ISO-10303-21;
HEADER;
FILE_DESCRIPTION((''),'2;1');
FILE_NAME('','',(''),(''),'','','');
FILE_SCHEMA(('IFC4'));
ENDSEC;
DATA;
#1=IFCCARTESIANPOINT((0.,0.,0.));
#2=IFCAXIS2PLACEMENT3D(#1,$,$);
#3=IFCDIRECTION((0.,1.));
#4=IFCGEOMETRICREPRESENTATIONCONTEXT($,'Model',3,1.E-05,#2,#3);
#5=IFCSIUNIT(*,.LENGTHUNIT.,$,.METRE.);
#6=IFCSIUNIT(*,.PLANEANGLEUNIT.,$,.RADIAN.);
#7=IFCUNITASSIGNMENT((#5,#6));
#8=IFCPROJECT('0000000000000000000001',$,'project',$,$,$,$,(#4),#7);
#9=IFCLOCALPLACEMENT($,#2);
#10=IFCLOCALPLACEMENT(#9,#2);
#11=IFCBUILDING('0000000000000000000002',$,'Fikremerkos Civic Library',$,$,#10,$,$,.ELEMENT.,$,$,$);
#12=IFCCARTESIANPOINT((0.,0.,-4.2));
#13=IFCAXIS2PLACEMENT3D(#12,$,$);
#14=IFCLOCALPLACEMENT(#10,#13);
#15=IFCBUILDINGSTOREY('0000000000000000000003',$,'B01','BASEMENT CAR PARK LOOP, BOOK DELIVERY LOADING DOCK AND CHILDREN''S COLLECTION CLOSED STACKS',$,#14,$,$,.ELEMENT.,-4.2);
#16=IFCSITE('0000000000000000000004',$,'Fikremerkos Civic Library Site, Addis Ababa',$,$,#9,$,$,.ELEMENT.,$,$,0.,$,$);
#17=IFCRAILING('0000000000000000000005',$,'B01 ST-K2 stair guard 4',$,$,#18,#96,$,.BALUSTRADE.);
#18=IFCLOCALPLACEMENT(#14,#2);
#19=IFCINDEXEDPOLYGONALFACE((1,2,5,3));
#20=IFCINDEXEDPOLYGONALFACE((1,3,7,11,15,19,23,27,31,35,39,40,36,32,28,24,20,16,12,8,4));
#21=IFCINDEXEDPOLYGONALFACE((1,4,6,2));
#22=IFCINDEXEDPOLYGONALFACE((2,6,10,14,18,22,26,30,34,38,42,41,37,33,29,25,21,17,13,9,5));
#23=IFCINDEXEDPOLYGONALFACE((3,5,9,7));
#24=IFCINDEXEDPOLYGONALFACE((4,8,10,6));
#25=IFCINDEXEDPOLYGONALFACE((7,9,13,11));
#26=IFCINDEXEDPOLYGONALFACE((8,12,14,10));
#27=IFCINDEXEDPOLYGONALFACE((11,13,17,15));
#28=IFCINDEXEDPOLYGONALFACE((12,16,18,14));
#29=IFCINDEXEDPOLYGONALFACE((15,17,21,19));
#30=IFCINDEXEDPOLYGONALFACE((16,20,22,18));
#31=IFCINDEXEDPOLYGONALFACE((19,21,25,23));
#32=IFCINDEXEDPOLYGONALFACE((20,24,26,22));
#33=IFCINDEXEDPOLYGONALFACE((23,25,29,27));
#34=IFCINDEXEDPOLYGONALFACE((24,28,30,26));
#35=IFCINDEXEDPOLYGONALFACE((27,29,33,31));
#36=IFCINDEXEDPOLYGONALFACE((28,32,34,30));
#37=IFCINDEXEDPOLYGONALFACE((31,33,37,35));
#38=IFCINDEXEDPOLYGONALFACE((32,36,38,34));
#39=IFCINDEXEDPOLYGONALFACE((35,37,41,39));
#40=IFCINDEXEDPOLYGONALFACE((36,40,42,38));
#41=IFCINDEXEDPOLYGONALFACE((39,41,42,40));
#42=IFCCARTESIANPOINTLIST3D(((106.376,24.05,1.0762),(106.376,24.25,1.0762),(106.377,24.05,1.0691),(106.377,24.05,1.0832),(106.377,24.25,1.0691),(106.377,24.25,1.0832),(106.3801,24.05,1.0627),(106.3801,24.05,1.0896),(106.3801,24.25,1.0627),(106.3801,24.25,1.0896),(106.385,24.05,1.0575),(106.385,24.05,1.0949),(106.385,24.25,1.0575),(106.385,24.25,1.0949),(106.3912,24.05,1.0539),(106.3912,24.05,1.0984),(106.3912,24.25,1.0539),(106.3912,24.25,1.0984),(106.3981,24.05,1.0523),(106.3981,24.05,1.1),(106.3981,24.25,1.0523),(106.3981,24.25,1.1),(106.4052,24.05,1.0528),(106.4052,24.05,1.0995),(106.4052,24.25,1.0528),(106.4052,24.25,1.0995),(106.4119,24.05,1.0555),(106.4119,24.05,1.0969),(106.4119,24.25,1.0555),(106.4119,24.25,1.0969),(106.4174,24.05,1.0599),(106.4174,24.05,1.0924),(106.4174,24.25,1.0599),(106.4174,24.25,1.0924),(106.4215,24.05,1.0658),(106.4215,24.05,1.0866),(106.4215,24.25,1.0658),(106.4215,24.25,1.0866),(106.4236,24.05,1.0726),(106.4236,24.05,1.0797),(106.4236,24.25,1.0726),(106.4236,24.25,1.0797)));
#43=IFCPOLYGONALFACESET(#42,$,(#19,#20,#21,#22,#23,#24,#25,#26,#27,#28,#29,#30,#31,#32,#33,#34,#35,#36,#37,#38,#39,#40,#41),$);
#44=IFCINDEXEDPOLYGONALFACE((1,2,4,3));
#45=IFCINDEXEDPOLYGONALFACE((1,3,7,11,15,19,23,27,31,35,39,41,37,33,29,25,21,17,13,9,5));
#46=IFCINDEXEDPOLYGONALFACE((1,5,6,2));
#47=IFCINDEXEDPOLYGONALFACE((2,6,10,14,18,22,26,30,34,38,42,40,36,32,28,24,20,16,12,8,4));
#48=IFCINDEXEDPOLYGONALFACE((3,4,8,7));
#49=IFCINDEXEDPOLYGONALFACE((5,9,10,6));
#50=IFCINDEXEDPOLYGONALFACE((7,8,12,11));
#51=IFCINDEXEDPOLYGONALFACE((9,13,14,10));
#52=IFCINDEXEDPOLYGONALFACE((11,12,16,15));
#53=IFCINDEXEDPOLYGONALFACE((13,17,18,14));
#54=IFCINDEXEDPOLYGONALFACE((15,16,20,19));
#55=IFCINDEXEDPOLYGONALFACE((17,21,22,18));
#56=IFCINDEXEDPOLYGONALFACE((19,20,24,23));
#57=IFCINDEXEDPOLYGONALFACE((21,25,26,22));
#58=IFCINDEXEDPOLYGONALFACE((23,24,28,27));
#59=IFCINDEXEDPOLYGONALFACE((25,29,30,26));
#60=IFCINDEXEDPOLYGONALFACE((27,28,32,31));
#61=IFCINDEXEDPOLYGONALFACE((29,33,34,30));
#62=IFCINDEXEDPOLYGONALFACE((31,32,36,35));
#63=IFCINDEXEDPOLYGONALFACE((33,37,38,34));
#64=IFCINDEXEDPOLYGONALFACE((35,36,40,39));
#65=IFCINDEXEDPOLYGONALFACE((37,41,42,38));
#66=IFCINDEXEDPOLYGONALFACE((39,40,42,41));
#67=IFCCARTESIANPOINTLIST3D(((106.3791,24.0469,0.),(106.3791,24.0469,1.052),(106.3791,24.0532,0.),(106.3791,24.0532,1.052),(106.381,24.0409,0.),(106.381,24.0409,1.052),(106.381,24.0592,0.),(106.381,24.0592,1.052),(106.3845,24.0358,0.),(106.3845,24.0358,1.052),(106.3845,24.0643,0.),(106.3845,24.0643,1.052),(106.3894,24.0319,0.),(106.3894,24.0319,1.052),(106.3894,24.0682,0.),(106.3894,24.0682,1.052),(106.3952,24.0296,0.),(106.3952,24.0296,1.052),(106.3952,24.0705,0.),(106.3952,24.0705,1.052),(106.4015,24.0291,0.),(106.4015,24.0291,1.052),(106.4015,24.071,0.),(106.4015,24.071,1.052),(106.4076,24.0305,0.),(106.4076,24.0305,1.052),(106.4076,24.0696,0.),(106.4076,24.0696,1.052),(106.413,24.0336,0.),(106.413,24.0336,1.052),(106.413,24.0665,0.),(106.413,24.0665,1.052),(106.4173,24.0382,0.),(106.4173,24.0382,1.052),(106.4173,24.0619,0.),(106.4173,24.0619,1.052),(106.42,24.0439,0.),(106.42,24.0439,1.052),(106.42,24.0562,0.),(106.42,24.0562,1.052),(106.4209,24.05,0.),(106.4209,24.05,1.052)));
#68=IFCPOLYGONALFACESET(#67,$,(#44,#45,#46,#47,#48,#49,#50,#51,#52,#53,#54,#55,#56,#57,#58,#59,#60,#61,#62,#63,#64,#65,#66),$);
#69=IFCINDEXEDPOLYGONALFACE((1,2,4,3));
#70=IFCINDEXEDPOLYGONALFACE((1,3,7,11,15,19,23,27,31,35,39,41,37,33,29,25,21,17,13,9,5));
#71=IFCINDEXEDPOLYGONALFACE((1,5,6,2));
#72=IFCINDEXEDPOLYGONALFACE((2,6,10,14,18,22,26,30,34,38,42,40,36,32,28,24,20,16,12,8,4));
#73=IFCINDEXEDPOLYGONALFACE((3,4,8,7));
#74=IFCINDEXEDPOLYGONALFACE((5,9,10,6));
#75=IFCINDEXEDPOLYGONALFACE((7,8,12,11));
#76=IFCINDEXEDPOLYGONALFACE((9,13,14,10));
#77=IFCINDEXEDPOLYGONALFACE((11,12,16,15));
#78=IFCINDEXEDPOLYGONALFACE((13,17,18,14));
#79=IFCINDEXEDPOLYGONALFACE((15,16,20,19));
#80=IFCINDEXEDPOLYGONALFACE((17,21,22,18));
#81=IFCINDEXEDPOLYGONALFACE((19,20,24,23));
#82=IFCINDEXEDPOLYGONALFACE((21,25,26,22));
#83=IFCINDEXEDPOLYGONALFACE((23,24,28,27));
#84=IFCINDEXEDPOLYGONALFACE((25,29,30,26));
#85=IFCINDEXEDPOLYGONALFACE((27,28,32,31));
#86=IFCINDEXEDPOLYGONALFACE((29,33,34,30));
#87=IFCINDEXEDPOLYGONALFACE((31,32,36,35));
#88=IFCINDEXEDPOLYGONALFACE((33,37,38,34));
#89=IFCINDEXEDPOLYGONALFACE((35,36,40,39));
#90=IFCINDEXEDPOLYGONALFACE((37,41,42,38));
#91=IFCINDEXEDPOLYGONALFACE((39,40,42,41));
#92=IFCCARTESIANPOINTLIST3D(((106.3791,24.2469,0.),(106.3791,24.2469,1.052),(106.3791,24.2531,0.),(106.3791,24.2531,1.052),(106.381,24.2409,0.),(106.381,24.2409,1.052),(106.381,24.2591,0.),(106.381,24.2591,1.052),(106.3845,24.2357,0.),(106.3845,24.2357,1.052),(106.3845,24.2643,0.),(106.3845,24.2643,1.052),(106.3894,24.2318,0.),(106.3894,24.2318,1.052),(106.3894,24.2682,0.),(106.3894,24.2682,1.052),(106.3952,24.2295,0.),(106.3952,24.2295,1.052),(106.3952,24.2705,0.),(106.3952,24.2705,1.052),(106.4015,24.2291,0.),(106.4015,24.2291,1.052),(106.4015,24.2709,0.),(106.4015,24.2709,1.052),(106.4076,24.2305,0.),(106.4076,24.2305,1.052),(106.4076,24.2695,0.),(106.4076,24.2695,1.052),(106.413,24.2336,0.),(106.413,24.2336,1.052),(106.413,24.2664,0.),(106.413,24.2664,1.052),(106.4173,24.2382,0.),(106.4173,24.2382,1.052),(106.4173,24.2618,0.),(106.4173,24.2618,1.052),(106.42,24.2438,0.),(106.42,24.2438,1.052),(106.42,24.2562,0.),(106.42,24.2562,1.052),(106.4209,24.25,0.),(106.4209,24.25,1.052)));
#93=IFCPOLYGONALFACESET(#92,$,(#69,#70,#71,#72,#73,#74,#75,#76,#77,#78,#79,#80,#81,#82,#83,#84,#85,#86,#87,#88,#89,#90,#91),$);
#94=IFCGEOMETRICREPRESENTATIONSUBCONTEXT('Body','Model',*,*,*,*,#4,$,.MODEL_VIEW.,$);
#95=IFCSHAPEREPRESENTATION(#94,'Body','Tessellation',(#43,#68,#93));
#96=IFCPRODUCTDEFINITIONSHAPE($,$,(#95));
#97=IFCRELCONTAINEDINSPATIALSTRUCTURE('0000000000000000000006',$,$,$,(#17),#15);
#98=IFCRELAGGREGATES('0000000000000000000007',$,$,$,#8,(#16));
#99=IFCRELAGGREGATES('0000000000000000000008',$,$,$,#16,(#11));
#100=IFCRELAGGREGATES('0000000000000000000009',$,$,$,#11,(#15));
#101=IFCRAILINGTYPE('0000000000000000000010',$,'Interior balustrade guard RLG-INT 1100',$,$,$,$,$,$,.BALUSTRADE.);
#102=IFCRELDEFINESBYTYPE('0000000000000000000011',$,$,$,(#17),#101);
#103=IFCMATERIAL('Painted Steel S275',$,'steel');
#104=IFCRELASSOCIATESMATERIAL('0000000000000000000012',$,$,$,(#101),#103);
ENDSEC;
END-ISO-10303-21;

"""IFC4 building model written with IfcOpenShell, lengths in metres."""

from ifc_helpers import new_model, si_unit, direction, frame, origin, origin_2d, place, context, subcontext, project, spatial, circle, extrude, material, type_object, element, save


model = new_model("IFC4")

# Units and contexts
model_context = context("Model", 3, precision=1e-05, world=origin(), true_north=direction((0.0, 1.0)))
body_context = subcontext(model_context, "Body", "Model", "MODEL_VIEW")
ifc_project = project(units=[si_unit("LENGTHUNIT", "METRE"), si_unit("PLANEANGLEUNIT", "RADIAN")], contexts=[model_context])

# Site, building, storey
site_placement = place(None, origin())
site = spatial("IfcSite", under=ifc_project, at=site_placement, Name="Fikremerkos Civic Library Site, Addis Ababa", CompositionType="ELEMENT", RefElevation=0.0)
building_placement = place(site_placement, origin())
building = spatial("IfcBuilding", under=site, at=building_placement, Name="Fikremerkos Civic Library", CompositionType="ELEMENT")
storey_placement = place(building_placement, frame((0.0, 0.0, -4.2)))
storey = spatial("IfcBuildingStorey", under=building, at=storey_placement, Name="B01", Description="BASEMENT CAR PARK LOOP, BOOK DELIVERY LOADING DOCK AND CHILDREN'S COLLECTION CLOSED STACKS", CompositionType="ELEMENT", Elevation=-4.2)

# Railing
ifc_material_1 = material(Name="Painted Steel S275", Category="steel")
railing_type_1 = type_object("IfcRailingType", Name="Interior balustrade guard RLG-INT 1100", PredefinedType="BALUSTRADE", material=ifc_material_1)
railing_1_placement = place(storey_placement, frame((106.3999, 24.05, 0.0)))
element("IfcRailing", 1, at=railing_1_placement, inside=storey, type_object=railing_type_1, Name="B01 ST-K2 stair guard 4", PredefinedType="BALUSTRADE", context=body_context, shape_type="SweptSolid", body=[
    extrude(circle(Radius=0.0239, at=origin_2d()), frame((0.0, 0.0, 1.0762), z_axis=(0.0, 1.0, 0.0), x_axis=(-1.0, 0.0, 0.0)), (0.0, 0.0, 1.0), 0.2),
    extrude(circle(Radius=0.021, at=origin_2d()), origin(), (0.0, 0.0, 1.0), 1.052),
    extrude(circle(Radius=0.021, at=origin_2d()), frame((0.0, 0.2, 0.0)), (0.0, 0.0, 1.0), 1.052),
])

save(model, "model.ifc")
